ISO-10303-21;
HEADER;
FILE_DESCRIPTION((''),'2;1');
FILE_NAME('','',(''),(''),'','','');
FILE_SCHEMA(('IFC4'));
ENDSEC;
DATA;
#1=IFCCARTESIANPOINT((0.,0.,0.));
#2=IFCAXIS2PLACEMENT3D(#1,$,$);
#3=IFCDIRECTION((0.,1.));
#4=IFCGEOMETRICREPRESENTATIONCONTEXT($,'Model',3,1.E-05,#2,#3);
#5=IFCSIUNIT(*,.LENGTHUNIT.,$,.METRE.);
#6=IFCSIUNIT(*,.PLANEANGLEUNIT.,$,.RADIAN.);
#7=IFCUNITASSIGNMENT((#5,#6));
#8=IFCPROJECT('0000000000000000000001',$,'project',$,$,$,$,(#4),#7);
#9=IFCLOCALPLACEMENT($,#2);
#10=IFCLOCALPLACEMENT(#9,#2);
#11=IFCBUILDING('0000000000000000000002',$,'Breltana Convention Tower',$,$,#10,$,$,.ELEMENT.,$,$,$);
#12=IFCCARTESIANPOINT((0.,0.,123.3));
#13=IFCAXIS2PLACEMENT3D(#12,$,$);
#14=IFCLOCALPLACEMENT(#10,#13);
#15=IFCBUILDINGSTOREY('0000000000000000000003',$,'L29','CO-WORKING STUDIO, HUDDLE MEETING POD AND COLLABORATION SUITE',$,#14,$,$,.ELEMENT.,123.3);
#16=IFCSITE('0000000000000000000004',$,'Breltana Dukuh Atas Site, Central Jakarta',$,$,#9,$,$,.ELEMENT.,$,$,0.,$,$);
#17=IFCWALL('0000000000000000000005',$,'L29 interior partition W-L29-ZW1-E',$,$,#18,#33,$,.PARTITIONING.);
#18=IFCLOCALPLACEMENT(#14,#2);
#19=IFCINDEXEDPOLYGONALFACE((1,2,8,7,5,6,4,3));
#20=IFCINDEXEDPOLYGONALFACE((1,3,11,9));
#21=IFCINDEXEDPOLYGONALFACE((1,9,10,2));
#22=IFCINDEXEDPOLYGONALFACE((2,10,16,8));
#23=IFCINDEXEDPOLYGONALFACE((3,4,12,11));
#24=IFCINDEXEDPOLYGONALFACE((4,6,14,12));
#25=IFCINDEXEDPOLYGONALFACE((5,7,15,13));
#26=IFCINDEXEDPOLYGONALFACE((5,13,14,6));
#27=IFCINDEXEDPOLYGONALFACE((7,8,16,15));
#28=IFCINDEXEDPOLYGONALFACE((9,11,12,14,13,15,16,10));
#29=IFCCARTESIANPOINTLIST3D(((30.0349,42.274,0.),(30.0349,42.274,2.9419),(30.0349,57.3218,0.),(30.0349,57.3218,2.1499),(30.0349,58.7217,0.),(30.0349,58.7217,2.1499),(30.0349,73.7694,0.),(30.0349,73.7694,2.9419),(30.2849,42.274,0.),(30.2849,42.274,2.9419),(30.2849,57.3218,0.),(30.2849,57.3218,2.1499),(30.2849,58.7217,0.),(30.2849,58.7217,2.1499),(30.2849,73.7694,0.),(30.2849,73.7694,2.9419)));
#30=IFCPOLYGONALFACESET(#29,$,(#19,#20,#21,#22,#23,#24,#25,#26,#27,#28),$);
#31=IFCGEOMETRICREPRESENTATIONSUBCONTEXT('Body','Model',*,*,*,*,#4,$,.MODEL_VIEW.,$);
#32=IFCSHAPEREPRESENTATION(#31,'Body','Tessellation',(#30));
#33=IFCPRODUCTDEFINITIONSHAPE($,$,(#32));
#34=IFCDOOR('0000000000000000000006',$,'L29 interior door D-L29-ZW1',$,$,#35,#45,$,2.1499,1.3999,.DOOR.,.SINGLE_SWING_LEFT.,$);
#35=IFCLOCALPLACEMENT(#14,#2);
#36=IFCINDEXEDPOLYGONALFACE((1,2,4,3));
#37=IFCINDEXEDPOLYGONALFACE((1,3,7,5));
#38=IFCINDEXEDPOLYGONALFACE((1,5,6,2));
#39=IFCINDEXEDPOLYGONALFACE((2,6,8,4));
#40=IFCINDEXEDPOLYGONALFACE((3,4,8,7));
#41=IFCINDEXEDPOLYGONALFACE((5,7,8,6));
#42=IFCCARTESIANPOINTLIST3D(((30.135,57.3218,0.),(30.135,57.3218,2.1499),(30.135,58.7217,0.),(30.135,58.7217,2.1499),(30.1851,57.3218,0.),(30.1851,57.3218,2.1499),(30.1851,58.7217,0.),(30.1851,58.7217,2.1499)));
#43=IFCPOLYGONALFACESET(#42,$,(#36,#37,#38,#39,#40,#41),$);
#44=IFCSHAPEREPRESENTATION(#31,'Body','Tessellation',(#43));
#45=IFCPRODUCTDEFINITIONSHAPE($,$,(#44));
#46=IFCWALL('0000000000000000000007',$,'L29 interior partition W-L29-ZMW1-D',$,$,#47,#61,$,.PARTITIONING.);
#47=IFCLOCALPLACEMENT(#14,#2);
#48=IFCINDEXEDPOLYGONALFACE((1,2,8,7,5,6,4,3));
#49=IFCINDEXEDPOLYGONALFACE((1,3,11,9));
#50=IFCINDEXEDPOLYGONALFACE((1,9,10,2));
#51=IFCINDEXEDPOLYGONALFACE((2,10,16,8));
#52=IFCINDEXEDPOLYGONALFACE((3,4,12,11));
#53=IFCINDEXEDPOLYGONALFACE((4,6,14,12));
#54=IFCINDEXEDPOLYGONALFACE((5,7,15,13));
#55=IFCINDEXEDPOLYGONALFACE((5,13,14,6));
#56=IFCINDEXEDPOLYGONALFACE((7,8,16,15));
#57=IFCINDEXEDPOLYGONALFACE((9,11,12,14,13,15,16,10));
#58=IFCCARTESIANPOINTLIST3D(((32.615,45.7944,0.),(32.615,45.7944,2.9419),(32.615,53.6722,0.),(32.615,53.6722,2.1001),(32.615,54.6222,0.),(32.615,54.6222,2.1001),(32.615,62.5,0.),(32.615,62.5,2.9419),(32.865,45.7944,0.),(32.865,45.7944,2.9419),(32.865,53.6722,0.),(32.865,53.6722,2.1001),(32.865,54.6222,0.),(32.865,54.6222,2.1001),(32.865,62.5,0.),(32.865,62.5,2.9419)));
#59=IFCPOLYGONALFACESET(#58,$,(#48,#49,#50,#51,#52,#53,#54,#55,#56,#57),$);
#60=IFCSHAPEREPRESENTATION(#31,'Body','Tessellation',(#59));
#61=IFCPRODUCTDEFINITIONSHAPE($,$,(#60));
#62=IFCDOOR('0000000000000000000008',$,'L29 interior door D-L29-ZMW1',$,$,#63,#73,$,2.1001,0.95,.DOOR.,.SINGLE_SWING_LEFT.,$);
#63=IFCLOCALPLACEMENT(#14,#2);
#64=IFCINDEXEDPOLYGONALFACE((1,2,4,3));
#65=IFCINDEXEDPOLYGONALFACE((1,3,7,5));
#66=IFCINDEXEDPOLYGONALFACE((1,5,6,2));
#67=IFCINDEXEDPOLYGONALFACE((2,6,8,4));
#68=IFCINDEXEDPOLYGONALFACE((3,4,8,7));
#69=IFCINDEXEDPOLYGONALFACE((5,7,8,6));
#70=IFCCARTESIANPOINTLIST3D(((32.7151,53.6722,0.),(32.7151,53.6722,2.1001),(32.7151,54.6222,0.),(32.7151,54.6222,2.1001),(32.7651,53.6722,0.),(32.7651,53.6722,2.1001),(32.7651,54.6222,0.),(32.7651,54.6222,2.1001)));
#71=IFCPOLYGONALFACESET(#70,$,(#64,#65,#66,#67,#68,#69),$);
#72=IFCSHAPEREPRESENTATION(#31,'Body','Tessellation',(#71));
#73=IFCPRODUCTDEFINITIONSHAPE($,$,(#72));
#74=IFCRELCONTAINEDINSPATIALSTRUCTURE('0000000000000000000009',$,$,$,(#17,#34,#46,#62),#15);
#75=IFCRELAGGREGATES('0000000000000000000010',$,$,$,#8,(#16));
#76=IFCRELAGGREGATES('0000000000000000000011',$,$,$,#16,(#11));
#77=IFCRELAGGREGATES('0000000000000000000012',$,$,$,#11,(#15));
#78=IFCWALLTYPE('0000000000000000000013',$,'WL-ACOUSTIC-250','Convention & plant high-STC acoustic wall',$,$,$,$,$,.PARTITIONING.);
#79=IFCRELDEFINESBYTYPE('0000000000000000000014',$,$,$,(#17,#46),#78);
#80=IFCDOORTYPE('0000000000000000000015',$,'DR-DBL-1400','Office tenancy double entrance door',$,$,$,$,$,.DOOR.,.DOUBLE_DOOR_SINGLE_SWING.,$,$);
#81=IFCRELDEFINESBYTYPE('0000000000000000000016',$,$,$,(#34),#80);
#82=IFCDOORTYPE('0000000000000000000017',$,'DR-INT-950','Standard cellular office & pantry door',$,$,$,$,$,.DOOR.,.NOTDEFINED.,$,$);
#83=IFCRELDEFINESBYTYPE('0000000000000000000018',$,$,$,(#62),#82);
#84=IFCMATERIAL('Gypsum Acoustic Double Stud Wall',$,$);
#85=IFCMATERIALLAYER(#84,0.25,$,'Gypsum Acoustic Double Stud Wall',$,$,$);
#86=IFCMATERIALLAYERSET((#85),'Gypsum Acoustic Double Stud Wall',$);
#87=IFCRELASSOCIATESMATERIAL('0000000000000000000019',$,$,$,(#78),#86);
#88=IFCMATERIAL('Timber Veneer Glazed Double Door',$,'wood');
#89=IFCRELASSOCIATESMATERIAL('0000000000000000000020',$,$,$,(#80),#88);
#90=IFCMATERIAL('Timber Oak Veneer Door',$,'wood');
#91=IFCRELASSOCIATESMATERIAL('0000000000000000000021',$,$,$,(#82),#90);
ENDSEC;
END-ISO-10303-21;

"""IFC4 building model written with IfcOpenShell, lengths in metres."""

from ifc_helpers import new_model, si_unit, direction, frame, frame_2d, origin, place, context, subcontext, project, spatial, rectangle, extrude, source, transform, mapped, material, layer, layer_set, type_object, type_shapes, element, fill, save


model = new_model("IFC4")

# Units and contexts
model_context = context("Model", 3, precision=1e-05, world=origin(), true_north=direction((0.0, 1.0)))
body_context = subcontext(model_context, "Body", "Model", "MODEL_VIEW")
ifc_project = project(units=[si_unit("LENGTHUNIT", "METRE"), si_unit("PLANEANGLEUNIT", "RADIAN")], contexts=[model_context])

# Site, building, storey
site_placement = place(None, origin())
site = spatial("IfcSite", under=ifc_project, at=site_placement, Name="Breltana Dukuh Atas Site, Central Jakarta", CompositionType="ELEMENT", RefElevation=0.0)
building_placement = place(site_placement, origin())
building = spatial("IfcBuilding", under=site, at=building_placement, Name="Breltana Convention Tower", CompositionType="ELEMENT")
storey_placement = place(building_placement, frame((0.0, 0.0, 123.3)))
storey = spatial("IfcBuildingStorey", under=building, at=storey_placement, Name="L29", Description="CO-WORKING STUDIO, HUDDLE MEETING POD AND COLLABORATION SUITE", CompositionType="ELEMENT", Elevation=123.3)

# Walls, openings, doors
ifc_material_1 = material(Name="Gypsum Acoustic Double Stud Wall")
ifc_layer_1 = layer(ifc_material_1, 0.25, Name="Gypsum Acoustic Double Stud Wall")
ifc_layer_set_1 = layer_set([ifc_layer_1], Name="Gypsum Acoustic Double Stud Wall")
wall_type_1 = type_object("IfcWallType", Name="WL-ACOUSTIC-250", Description="Convention & plant high-STC acoustic wall", PredefinedType="PARTITIONING", material=ifc_layer_set_1)
shared_shape_1 = source(origin(), body_context, "Body", "SweptSolid", [
    extrude(rectangle(XDim=31.4954, YDim=0.25, at=frame_2d((15.7476, 0.0))), origin(), (0.0, 0.0, 1.0), 2.9419),
])
wall_1_placement = place(storey_placement, frame((30.1599, 42.2742, 0.0), z_axis=(0.0, 0.0, 1.0), x_axis=(0.0, 1.0, 0.0)))
wall_1 = element("IfcWall", 1, at=wall_1_placement, inside=storey, type_object=wall_type_1, Name="L29 interior partition W-L29-ZW1-E", PredefinedType="PARTITIONING", context=body_context, shape_type="MappedRepresentation", body=[
    mapped(shared_shape_1, transform((0.0, 0.0, 0.0), scale=1.0)),
])
opening_1_placement = place(wall_1_placement, frame((15.0476, 0.0, 0.0)))
opening_1 = element("IfcOpeningElement", 2, at=opening_1_placement, cuts=wall_1, PredefinedType="OPENING", context=body_context, shape_type="SweptSolid", body=[
    extrude(rectangle(XDim=1.3999, YDim=2.1499, at=frame_2d((0.7, 1.075))), frame((0.0, 0.135, 0.0), z_axis=(0.0, -1.0, 0.0), x_axis=(1.0, 0.0, 0.0)), (0.0, 0.0, 1.0), 0.27),
])
ifc_material_2 = material(Name="Timber Veneer Glazed Double Door", Category="wood")
door_type_1 = type_object("IfcDoorType", Name="DR-DBL-1400", Description="Office tenancy double entrance door", OperationType="DOUBLE_DOOR_SINGLE_SWING", PredefinedType="DOOR", material=ifc_material_2)
shared_shape_2 = source(origin(), body_context, "Body", "SweptSolid", [
    extrude(rectangle(XDim=1.3999, YDim=2.1499, at=frame_2d((0.7, 1.075))), frame((0.0, 0.0249, 0.0), z_axis=(0.0, -1.0, 0.0), x_axis=(1.0, 0.0, 0.0)), (0.0, 0.0, 1.0), 0.05),
])
type_shapes(door_type_1, [shared_shape_2])
door_1_placement = place(opening_1_placement, origin())
door_1 = element("IfcDoor", 3, at=door_1_placement, inside=storey, type_object=door_type_1, Name="L29 interior door D-L29-ZW1", OperationType="SINGLE_SWING_LEFT", OverallHeight=2.1499, OverallWidth=1.3999, PredefinedType="DOOR", context=body_context, shape_type="MappedRepresentation", body=[
    mapped(shared_shape_2, transform((0.0, 0.0, 0.0), scale=1.0)),
])
fill(opening_1, door_1)
shared_shape_3 = source(origin(), body_context, "Body", "SweptSolid", [
    extrude(rectangle(XDim=16.7056, YDim=0.25, at=frame_2d((8.3528, 0.0))), origin(), (0.0, 0.0, 1.0), 2.9419),
])
wall_2_placement = place(storey_placement, frame((32.74, 45.7944, 0.0), z_axis=(0.0, 0.0, 1.0), x_axis=(0.0, 1.0, 0.0)))
wall_2 = element("IfcWall", 4, at=wall_2_placement, inside=storey, type_object=wall_type_1, Name="L29 interior partition W-L29-ZMW1-D", PredefinedType="PARTITIONING", context=body_context, shape_type="MappedRepresentation", body=[
    mapped(shared_shape_3, transform((0.0, 0.0, 0.0), scale=1.0)),
])
opening_2_placement = place(wall_2_placement, frame((7.8777, 0.0, 0.0)))
opening_2 = element("IfcOpeningElement", 5, at=opening_2_placement, cuts=wall_2, PredefinedType="OPENING", context=body_context, shape_type="SweptSolid", body=[
    extrude(rectangle(XDim=0.95, YDim=2.1001, at=frame_2d((0.4751, 1.05))), frame((0.0, 0.135, 0.0), z_axis=(0.0, -1.0, 0.0), x_axis=(1.0, 0.0, 0.0)), (0.0, 0.0, 1.0), 0.27),
])
ifc_material_3 = material(Name="Timber Oak Veneer Door", Category="wood")
door_type_2 = type_object("IfcDoorType", Name="DR-INT-950", Description="Standard cellular office & pantry door", OperationType="NOTDEFINED", PredefinedType="DOOR", material=ifc_material_3)
shared_shape_4 = source(origin(), body_context, "Body", "SweptSolid", [
    extrude(rectangle(XDim=0.95, YDim=2.1001, at=frame_2d((0.4751, 1.05))), frame((0.0, 0.0249, 0.0), z_axis=(0.0, -1.0, 0.0), x_axis=(1.0, 0.0, 0.0)), (0.0, 0.0, 1.0), 0.05),
])
type_shapes(door_type_2, [shared_shape_4])
door_2_placement = place(opening_2_placement, origin())
door_2 = element("IfcDoor", 6, at=door_2_placement, inside=storey, type_object=door_type_2, Name="L29 interior door D-L29-ZMW1", OperationType="SINGLE_SWING_LEFT", OverallHeight=2.1001, OverallWidth=0.95, PredefinedType="DOOR", context=body_context, shape_type="MappedRepresentation", body=[
    mapped(shared_shape_4, transform((0.0, 0.0, 0.0), scale=1.0)),
])
fill(opening_2, door_2)

save(model, "model.ifc")
